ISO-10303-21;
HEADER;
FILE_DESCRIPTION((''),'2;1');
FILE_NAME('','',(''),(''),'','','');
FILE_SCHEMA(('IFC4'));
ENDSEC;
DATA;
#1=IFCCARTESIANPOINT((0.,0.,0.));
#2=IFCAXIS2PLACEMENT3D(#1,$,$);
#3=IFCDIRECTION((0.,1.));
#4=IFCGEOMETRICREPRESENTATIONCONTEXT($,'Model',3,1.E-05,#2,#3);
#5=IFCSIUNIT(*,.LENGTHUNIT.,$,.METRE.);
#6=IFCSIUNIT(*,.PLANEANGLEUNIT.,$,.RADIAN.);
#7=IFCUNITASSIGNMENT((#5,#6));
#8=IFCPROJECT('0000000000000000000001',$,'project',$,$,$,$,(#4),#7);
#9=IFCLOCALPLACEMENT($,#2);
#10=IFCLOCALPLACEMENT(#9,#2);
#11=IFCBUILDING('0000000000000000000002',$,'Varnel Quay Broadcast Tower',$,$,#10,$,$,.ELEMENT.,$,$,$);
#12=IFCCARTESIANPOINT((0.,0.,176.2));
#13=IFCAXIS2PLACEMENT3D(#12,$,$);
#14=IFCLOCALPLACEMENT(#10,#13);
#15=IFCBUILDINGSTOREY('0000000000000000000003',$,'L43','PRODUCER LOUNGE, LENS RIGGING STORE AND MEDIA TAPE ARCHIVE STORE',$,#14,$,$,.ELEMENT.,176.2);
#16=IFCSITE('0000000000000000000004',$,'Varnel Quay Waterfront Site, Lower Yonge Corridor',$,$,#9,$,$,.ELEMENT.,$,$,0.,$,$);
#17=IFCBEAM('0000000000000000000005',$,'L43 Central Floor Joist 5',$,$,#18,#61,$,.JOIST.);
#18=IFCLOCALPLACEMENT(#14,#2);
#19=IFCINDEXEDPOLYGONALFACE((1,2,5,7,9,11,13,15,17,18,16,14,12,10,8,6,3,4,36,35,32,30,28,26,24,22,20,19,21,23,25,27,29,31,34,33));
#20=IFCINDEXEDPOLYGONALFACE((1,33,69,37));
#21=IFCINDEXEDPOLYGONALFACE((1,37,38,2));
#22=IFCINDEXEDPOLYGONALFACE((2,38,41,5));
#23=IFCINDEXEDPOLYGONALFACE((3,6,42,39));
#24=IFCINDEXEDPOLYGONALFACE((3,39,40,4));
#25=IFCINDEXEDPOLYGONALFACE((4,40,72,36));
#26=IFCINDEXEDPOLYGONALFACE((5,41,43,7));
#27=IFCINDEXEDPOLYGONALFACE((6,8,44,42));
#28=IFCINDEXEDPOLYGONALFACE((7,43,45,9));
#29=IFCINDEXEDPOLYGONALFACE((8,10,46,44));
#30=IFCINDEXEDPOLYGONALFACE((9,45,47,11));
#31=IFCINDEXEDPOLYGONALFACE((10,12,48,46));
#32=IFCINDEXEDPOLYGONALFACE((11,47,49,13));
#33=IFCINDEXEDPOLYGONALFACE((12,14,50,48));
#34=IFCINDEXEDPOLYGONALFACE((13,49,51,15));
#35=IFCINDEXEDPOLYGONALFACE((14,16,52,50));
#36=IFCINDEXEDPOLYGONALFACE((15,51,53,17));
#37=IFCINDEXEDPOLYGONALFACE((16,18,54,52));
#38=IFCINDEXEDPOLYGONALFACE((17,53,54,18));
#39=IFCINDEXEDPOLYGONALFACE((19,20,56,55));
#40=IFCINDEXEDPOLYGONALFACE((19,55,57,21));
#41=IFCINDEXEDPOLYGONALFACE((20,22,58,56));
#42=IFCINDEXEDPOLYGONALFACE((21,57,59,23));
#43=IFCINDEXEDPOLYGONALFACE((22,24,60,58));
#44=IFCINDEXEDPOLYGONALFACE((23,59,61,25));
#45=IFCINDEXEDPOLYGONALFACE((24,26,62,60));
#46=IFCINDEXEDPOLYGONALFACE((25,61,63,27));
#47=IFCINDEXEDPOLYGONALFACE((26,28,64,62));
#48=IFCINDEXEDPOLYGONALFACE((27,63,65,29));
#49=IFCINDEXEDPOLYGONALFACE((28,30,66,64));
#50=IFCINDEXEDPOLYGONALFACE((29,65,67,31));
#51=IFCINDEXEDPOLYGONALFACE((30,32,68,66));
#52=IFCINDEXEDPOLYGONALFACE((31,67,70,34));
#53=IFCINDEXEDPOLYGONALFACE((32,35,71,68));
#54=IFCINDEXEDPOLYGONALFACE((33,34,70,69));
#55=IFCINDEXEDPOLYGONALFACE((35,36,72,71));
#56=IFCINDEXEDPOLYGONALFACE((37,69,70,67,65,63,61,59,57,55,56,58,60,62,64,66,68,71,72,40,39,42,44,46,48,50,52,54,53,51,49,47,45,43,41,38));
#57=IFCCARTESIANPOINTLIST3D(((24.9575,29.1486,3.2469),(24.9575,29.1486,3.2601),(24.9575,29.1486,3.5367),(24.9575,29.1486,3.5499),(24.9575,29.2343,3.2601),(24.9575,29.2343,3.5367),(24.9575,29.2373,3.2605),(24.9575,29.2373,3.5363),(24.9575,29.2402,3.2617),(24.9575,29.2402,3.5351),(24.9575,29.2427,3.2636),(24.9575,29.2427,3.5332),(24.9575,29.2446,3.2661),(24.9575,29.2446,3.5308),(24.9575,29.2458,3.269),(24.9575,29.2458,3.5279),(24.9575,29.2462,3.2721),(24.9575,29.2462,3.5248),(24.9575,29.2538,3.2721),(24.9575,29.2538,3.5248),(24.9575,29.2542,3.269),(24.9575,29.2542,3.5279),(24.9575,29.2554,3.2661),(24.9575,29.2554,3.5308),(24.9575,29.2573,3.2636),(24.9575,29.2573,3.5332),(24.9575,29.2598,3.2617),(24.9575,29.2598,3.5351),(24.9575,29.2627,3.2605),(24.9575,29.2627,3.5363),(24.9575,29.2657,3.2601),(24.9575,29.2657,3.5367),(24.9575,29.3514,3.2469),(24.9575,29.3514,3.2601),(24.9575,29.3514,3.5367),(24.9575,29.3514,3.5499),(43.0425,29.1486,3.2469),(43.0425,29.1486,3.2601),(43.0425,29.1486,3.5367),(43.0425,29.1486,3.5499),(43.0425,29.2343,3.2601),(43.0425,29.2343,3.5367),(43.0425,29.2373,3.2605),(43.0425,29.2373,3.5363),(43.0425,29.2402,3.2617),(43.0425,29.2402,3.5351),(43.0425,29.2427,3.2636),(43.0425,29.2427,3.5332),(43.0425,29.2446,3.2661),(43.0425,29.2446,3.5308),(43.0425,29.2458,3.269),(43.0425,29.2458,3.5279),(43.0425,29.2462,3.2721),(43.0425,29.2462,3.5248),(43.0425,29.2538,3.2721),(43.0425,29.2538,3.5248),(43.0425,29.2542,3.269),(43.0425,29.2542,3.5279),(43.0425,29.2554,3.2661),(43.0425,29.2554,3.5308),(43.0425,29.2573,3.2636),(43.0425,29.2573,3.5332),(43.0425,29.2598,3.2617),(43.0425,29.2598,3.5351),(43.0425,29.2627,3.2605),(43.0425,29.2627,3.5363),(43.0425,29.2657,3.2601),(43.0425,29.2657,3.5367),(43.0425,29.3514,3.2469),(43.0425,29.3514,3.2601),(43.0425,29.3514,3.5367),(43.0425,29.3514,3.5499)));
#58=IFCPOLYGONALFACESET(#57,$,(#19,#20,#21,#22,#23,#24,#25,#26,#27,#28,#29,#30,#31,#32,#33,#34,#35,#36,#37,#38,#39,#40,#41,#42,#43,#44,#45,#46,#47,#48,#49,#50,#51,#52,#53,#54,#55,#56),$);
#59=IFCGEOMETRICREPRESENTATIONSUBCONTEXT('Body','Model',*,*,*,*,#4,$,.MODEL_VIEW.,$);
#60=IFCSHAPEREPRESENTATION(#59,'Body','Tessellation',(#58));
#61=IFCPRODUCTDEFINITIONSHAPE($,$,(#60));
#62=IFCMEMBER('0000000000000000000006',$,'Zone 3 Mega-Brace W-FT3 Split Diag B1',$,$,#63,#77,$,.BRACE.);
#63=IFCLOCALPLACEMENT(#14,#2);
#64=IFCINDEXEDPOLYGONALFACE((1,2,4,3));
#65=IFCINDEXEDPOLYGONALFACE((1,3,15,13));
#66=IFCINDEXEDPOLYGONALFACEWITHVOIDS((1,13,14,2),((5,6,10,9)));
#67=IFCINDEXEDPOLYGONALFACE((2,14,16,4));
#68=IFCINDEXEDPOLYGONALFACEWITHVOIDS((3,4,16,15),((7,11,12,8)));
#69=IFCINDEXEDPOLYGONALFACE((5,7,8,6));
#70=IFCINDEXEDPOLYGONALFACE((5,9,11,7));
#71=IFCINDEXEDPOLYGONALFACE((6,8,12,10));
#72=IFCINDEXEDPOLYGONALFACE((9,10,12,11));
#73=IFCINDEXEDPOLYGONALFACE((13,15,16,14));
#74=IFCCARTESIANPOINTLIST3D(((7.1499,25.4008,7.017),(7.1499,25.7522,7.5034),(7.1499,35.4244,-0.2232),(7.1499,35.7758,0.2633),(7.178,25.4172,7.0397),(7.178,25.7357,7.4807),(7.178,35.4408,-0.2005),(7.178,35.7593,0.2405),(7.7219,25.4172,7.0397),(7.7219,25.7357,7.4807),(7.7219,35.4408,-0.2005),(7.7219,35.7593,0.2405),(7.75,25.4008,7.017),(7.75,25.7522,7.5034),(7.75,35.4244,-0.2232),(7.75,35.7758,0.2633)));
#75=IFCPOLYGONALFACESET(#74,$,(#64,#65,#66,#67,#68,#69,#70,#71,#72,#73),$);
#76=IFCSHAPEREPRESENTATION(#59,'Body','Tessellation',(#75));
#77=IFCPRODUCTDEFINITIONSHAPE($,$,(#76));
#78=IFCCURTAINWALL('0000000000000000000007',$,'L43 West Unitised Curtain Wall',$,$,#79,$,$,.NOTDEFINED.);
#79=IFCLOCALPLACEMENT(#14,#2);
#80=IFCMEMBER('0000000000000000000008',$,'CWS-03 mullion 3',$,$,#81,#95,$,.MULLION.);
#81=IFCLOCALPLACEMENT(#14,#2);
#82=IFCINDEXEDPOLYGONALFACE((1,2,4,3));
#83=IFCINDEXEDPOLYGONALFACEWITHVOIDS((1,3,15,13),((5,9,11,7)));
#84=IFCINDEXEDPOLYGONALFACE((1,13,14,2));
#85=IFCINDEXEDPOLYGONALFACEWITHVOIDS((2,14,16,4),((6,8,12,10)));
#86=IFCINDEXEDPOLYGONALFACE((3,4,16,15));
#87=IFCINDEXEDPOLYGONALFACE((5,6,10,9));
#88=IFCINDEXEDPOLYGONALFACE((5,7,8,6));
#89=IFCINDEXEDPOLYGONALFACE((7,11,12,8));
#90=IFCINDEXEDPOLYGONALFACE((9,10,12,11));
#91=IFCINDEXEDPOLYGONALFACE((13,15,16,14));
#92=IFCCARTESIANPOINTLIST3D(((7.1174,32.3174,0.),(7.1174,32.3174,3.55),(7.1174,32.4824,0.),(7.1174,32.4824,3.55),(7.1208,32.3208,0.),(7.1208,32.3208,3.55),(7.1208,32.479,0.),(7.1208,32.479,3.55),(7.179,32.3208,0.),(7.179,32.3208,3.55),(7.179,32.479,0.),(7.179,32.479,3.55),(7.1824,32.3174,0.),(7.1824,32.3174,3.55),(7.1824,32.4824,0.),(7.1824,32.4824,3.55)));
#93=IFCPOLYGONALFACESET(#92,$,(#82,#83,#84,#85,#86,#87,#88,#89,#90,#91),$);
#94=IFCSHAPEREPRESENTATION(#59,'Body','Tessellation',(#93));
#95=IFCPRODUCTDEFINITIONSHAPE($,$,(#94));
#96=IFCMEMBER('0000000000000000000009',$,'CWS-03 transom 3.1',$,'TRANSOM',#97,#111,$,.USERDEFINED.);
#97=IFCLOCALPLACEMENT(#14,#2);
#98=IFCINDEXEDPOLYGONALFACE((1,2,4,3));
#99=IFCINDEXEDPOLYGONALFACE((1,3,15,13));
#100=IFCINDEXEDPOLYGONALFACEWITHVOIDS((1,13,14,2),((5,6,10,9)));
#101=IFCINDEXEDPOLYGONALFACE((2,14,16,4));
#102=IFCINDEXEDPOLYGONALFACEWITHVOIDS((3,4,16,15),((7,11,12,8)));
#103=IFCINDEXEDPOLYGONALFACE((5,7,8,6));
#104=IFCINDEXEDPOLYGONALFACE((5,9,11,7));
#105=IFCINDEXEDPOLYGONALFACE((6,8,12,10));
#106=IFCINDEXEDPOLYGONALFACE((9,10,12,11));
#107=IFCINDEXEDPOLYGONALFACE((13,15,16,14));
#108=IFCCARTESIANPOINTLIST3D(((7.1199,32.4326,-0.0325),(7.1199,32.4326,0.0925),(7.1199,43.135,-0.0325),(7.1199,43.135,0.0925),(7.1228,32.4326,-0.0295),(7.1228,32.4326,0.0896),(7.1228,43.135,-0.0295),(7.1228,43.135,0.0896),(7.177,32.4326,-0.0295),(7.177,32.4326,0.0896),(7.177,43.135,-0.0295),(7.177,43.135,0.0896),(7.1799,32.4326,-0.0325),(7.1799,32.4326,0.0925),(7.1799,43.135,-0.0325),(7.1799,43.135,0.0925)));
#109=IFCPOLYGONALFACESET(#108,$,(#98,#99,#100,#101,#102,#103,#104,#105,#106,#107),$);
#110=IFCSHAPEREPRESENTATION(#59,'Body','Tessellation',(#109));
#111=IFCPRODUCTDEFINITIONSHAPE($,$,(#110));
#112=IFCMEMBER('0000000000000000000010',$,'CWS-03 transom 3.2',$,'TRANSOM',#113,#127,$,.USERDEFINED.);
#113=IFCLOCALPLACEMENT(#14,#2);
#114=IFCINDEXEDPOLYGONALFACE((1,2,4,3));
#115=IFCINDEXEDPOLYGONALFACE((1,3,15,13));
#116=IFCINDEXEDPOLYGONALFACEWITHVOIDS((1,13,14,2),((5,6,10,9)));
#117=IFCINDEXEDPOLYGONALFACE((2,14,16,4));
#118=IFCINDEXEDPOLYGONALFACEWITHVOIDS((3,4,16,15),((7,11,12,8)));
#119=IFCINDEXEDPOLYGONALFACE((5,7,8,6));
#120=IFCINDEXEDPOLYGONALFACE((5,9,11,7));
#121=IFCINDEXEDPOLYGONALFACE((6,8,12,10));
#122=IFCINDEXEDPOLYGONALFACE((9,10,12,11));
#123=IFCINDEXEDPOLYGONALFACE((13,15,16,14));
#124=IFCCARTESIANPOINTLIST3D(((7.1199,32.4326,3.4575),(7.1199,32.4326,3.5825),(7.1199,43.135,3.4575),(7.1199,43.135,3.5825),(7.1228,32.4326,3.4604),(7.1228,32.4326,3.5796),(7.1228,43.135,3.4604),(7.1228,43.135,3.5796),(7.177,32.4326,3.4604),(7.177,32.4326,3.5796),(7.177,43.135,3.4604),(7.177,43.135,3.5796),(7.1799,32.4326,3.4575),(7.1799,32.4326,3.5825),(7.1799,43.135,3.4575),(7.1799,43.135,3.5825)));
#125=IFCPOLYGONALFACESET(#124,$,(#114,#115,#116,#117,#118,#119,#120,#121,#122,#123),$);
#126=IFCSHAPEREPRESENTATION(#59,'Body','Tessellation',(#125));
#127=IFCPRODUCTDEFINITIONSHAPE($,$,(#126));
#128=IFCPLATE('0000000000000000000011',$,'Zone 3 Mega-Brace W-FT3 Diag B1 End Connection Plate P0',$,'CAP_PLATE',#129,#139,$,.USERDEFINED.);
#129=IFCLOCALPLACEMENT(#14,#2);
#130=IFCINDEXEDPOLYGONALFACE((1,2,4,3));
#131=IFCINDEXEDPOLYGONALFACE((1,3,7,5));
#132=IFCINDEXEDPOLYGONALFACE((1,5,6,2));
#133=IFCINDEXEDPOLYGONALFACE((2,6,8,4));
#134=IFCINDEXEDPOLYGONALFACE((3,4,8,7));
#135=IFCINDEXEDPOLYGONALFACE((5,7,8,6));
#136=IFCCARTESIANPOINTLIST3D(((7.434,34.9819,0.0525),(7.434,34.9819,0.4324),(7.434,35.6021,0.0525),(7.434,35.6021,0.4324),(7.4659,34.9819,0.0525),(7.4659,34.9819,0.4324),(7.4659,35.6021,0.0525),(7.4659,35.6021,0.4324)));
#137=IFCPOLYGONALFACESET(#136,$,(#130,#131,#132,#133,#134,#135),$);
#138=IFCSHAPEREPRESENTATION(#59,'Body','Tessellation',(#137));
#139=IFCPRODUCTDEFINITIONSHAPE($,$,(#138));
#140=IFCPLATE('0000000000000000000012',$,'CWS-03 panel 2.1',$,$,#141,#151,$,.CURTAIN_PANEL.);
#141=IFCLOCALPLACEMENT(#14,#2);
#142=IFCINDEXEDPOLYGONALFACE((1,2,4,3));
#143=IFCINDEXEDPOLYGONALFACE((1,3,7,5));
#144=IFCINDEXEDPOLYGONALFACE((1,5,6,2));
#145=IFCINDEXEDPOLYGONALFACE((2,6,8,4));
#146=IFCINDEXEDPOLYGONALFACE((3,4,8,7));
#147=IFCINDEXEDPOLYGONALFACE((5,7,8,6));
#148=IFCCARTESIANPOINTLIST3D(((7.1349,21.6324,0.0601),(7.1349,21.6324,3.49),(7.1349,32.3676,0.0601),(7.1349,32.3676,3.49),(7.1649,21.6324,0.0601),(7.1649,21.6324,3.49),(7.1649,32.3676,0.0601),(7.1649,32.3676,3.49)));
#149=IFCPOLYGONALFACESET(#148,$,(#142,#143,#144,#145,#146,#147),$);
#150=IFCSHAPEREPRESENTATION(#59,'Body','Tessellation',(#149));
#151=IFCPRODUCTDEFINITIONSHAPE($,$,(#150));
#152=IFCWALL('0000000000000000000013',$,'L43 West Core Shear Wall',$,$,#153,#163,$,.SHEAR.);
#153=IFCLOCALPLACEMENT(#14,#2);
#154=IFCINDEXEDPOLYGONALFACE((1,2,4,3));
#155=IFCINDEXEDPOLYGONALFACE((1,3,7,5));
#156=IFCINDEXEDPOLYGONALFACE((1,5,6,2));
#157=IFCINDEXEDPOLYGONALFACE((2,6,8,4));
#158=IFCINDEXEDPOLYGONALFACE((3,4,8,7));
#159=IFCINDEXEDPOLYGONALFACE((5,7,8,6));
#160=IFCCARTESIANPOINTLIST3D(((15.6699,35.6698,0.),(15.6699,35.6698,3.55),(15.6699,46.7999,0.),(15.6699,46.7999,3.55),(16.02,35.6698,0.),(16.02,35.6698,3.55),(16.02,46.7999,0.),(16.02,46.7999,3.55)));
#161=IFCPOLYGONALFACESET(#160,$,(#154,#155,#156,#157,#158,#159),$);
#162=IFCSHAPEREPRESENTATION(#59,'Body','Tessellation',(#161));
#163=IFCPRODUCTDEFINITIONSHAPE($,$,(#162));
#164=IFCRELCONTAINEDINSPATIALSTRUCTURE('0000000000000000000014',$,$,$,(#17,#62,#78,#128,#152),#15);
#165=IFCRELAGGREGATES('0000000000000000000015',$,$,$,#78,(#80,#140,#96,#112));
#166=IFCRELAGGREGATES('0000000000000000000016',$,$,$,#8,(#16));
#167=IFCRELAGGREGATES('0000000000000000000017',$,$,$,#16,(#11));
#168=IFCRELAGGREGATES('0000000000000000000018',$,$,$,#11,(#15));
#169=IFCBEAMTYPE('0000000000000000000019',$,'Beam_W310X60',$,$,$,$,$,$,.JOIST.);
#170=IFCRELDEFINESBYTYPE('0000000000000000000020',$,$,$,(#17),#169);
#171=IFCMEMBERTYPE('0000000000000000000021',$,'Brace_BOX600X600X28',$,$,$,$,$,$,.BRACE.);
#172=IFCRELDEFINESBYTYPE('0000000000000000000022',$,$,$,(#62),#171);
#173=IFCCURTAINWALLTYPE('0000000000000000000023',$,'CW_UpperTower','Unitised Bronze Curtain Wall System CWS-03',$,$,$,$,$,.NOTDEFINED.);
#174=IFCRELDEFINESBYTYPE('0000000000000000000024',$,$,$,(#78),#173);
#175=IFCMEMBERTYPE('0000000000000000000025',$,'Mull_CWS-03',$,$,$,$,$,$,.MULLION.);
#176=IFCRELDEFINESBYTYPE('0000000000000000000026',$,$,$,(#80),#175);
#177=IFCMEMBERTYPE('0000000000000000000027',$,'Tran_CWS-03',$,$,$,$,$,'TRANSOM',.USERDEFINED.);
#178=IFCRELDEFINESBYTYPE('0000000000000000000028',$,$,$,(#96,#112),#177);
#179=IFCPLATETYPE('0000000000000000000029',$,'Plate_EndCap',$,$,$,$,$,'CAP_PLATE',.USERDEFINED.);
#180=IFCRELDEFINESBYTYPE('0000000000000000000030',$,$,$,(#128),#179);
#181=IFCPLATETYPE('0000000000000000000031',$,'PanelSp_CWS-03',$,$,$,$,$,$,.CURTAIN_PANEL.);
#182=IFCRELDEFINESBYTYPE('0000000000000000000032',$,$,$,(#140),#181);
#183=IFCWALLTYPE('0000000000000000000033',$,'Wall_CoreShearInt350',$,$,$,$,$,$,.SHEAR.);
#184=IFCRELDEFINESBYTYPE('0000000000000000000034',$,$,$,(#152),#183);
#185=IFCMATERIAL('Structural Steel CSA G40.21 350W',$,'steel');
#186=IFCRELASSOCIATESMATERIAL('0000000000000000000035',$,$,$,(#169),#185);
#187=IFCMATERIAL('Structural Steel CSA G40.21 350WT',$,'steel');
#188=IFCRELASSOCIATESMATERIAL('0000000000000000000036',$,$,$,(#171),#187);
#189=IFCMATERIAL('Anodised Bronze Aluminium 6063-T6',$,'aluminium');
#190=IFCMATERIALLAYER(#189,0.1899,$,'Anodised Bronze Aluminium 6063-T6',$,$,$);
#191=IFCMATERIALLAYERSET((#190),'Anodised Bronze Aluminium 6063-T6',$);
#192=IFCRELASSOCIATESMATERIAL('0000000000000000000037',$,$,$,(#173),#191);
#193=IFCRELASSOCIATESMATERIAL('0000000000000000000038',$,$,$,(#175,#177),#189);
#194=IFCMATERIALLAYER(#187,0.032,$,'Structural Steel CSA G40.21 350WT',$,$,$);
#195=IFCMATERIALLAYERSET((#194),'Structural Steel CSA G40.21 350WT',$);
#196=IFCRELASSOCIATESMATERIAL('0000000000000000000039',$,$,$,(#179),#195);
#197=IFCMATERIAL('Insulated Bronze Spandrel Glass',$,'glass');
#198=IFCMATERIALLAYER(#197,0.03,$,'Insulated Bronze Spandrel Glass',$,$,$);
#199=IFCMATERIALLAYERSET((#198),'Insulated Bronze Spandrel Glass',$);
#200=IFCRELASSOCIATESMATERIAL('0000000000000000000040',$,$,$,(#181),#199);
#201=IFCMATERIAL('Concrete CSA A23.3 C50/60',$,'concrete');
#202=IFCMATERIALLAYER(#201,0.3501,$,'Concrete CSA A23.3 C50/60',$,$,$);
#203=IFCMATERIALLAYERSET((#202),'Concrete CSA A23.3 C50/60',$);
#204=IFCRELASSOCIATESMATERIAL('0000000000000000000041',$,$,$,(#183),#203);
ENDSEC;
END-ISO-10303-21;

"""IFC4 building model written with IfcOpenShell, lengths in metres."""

from ifc_helpers import new_model, si_unit, direction, frame, frame_2d, origin, origin_2d, place, context, subcontext, project, spatial, rectangle, hollow_rectangle, i_section, extrude, source, transform, mapped, material, layer, layer_set, material_profile, profile_set, type_object, type_shapes, element, aggregate, save


model = new_model("IFC4")

# Units and contexts
model_context = context("Model", 3, precision=1e-05, world=origin(), true_north=direction((0.0, 1.0)))
body_context = subcontext(model_context, "Body", "Model", "MODEL_VIEW")
ifc_project = project(units=[si_unit("LENGTHUNIT", "METRE"), si_unit("PLANEANGLEUNIT", "RADIAN")], contexts=[model_context])

# Site, building, storey
site_placement = place(None, origin())
site = spatial("IfcSite", under=ifc_project, at=site_placement, Name="Varnel Quay Waterfront Site, Lower Yonge Corridor", CompositionType="ELEMENT", RefElevation=0.0)
building_placement = place(site_placement, origin())
building = spatial("IfcBuilding", under=site, at=building_placement, Name="Varnel Quay Broadcast Tower", CompositionType="ELEMENT")
storey_placement = place(building_placement, frame((0.0, 0.0, 176.2)))
storey = spatial("IfcBuildingStorey", under=building, at=storey_placement, Name="L43", Description="PRODUCER LOUNGE, LENS RIGGING STORE AND MEDIA TAPE ARCHIVE STORE", CompositionType="ELEMENT", Elevation=176.2)

# Shared definitions
ifc_material_1 = material(Name="Structural Steel CSA G40.21 350WT", Category="steel")
ifc_material_2 = material(Name="Structural Steel CSA G40.21 350W", Category="steel")

# Beam
ifc_material_3 = material(Name="Concrete CSA A23.3 C50/60", Category="concrete")
ifc_material_profile_1 = material_profile(ifc_material_2, i_section(OverallWidth=0.2029, OverallDepth=0.303, WebThickness=0.0076, FlangeThickness=0.0132, FilletRadius=0.012, at=origin_2d()), Name="W310X60")
ifc_profile_set_1 = profile_set([ifc_material_profile_1], Name="Structural Steel CSA G40.21 350W")
beam_type_1 = type_object("IfcBeamType", Name="Beam_W310X60", PredefinedType="JOIST", material=ifc_profile_set_1)
shared_shape_1 = source(origin(), body_context, "Body", "SweptSolid", [
    extrude(i_section(OverallWidth=0.2029, OverallDepth=0.303, WebThickness=0.0076, FlangeThickness=0.0132, FilletRadius=0.012, at=origin_2d()), origin(), (0.0, 0.0, 1.0), 18.085),
])
beam_1_placement = place(storey_placement, frame((24.9575, 29.25, 3.3984), z_axis=(1.0, 0.0, 0.0), x_axis=(0.0, 1.0, 0.0)))
element("IfcBeam", 1, at=beam_1_placement, inside=storey, type_object=beam_type_1, Name="L43 Central Floor Joist 5", PredefinedType="JOIST", context=body_context, shape_type="MappedRepresentation", body=[
    mapped(shared_shape_1, transform((0.0, 0.0, 0.0), x_axis=(1.0, 0.0, 0.0), y_axis=(0.0, 1.0, 0.0), z_axis=(0.0, 0.0, 1.0), scale=1.0)),
])

# Member
ifc_material_profile_2 = material_profile(ifc_material_1, hollow_rectangle(XDim=0.6001, YDim=0.6001, WallThickness=0.0281, at=origin_2d()), Name="BOX600X600X28")
ifc_profile_set_2 = profile_set([ifc_material_profile_2], Name="Structural Steel CSA G40.21 350WT")
member_type_1 = type_object("IfcMemberType", Name="Brace_BOX600X600X28", PredefinedType="BRACE", material=ifc_profile_set_2)
shared_shape_2 = source(origin(), body_context, "Body", "SweptSolid", [
    extrude(hollow_rectangle(XDim=0.6001, YDim=0.6001, WallThickness=0.0281, at=origin_2d()), origin(), (0.0, 0.0, 1.0), 12.365),
])
type_shapes(member_type_1, [shared_shape_2])
member_1_placement = place(storey_placement, frame((7.45, 35.6001, 0.02), z_axis=(0.0, -0.810644, 0.585539), x_axis=(1.0, 0.0, 0.0)))
element("IfcMember", 2, at=member_1_placement, inside=storey, type_object=member_type_1, Name="Zone 3 Mega-Brace W-FT3 Split Diag B1", PredefinedType="BRACE", context=body_context, shape_type="MappedRepresentation", body=[
    mapped(shared_shape_2, transform((0.0, 0.0, 0.0), x_axis=(1.0, 0.0, 0.0), y_axis=(0.0, 1.0, 0.0), z_axis=(0.0, 0.0, 1.0), scale=1.0)),
])

# Curtain wall, members
ifc_material_4 = material(Name="Anodised Bronze Aluminium 6063-T6", Category="aluminium")
ifc_layer_1 = layer(ifc_material_4, 0.1899, Name="Anodised Bronze Aluminium 6063-T6")
ifc_layer_set_1 = layer_set([ifc_layer_1], Name="Anodised Bronze Aluminium 6063-T6")
curtain_wall_type = type_object("IfcCurtainWallType", Name="CW_UpperTower", Description="Unitised Bronze Curtain Wall System CWS-03", PredefinedType="NOTDEFINED", material=ifc_layer_set_1)
curtain_wall_placement = place(storey_placement, origin())
curtain_wall = element("IfcCurtainWall", 3, at=curtain_wall_placement, inside=storey, type_object=curtain_wall_type, Name="L43 West Unitised Curtain Wall", PredefinedType="NOTDEFINED")
ifc_material_profile_3 = material_profile(ifc_material_4, hollow_rectangle(XDim=0.0649, YDim=0.165, WallThickness=0.0034, at=origin_2d()), Name="ALU65X165X3.5")
ifc_profile_set_3 = profile_set([ifc_material_profile_3], Name="Anodised Bronze Aluminium 6063-T6")
member_type_2 = type_object("IfcMemberType", Name="Mull_CWS-03", PredefinedType="MULLION", material=ifc_profile_set_3)
shared_shape_3 = source(origin(), body_context, "Body", "SweptSolid", [
    extrude(hollow_rectangle(XDim=0.0649, YDim=0.165, WallThickness=0.0034, at=origin_2d()), origin(), (0.0, 0.0, 1.0), 3.55),
])
type_shapes(member_type_2, [shared_shape_3])
member_2_placement = place(storey_placement, frame((7.1499, 32.3999, 0.0), z_axis=(0.0, 0.0, 1.0), x_axis=(-1.0, 0.0, 0.0)))
member_2 = element("IfcMember", 4, at=member_2_placement, type_object=member_type_2, Name="CWS-03 mullion 3", PredefinedType="MULLION", context=body_context, shape_type="MappedRepresentation", body=[
    mapped(shared_shape_3, transform((0.0, 0.0, 0.0), x_axis=(1.0, 0.0, 0.0), y_axis=(0.0, 1.0, 0.0), z_axis=(0.0, 0.0, 1.0), scale=1.0)),
])
ifc_material_profile_4 = material_profile(ifc_material_4, hollow_rectangle(XDim=0.0601, YDim=0.125, WallThickness=0.0029, at=origin_2d()), Name="ALU60X125X3")
ifc_profile_set_4 = profile_set([ifc_material_profile_4], Name="Anodised Bronze Aluminium 6063-T6")
member_type_3 = type_object("IfcMemberType", Name="Tran_CWS-03", ElementType="TRANSOM", PredefinedType="USERDEFINED", material=ifc_profile_set_4)
shared_shape_4 = source(origin(), body_context, "Body", "SweptSolid", [
    extrude(hollow_rectangle(XDim=0.0601, YDim=0.125, WallThickness=0.0029, at=origin_2d()), origin(), (0.0, 0.0, 1.0), 10.7024),
])
type_shapes(member_type_3, [shared_shape_4])
member_3_placement = place(storey_placement, frame((7.1499, 32.4326, 0.03), z_axis=(0.0, 1.0, 0.0), x_axis=(-1.0, 0.0, 0.0)))
member_3 = element("IfcMember", 5, at=member_3_placement, type_object=member_type_3, Name="CWS-03 transom 3.1", ObjectType="TRANSOM", PredefinedType="USERDEFINED", context=body_context, shape_type="MappedRepresentation", body=[
    mapped(shared_shape_4, transform((0.0, 0.0, 0.0), x_axis=(1.0, 0.0, 0.0), y_axis=(0.0, 1.0, 0.0), z_axis=(0.0, 0.0, 1.0), scale=1.0)),
])
member_4_placement = place(storey_placement, frame((7.1499, 32.4326, 3.52), z_axis=(0.0, 1.0, 0.0), x_axis=(-1.0, 0.0, 0.0)))
member_4 = element("IfcMember", 6, at=member_4_placement, type_object=member_type_3, Name="CWS-03 transom 3.2", ObjectType="TRANSOM", PredefinedType="USERDEFINED", context=body_context, shape_type="MappedRepresentation", body=[
    mapped(shared_shape_4, transform((0.0, 0.0, 0.0), x_axis=(1.0, 0.0, 0.0), y_axis=(0.0, 1.0, 0.0), z_axis=(0.0, 0.0, 1.0), scale=1.0)),
])

# Plates
ifc_layer_2 = layer(ifc_material_1, 0.032, Name="Structural Steel CSA G40.21 350WT")
ifc_layer_set_2 = layer_set([ifc_layer_2], Name="Structural Steel CSA G40.21 350WT")
plate_type_1 = type_object("IfcPlateType", Name="Plate_EndCap", ElementType="CAP_PLATE", PredefinedType="USERDEFINED", material=ifc_layer_set_2)
shared_shape_5 = source(origin(), body_context, "Body", "SweptSolid", [
    extrude(rectangle(XDim=0.6201, YDim=0.032, at=origin_2d()), origin(), (0.0, 0.0, 1.0), 0.3799),
])
type_shapes(plate_type_1, [shared_shape_5])
plate_1_placement = place(storey_placement, frame((7.45, 35.292, 0.0525), z_axis=(0.0, 0.0, 1.0), x_axis=(0.0, 1.0, 0.0)))
element("IfcPlate", 7, at=plate_1_placement, inside=storey, type_object=plate_type_1, Name="Zone 3 Mega-Brace W-FT3 Diag B1 End Connection Plate P0", ObjectType="CAP_PLATE", PredefinedType="USERDEFINED", context=body_context, shape_type="MappedRepresentation", body=[
    mapped(shared_shape_5, transform((0.0, 0.0, 0.0), x_axis=(1.0, 0.0, 0.0), y_axis=(0.0, 1.0, 0.0), z_axis=(0.0, 0.0, 1.0), scale=1.0)),
])
ifc_material_5 = material(Name="Insulated Bronze Spandrel Glass", Category="glass")
ifc_layer_3 = layer(ifc_material_5, 0.03, Name="Insulated Bronze Spandrel Glass")
ifc_layer_set_3 = layer_set([ifc_layer_3], Name="Insulated Bronze Spandrel Glass")
plate_type_2 = type_object("IfcPlateType", Name="PanelSp_CWS-03", PredefinedType="CURTAIN_PANEL", material=ifc_layer_set_3)
shared_shape_6 = source(origin(), body_context, "Body", "SweptSolid", [
    extrude(rectangle(XDim=10.7351, YDim=0.03, at=origin_2d()), origin(), (0.0, 0.0, 1.0), 3.4299),
])
type_shapes(plate_type_2, [shared_shape_6])
plate_2_placement = place(storey_placement, frame((7.1499, 27.0, 0.0601), z_axis=(0.0, 0.0, 1.0), x_axis=(0.0, 1.0, 0.0)))
plate_2 = element("IfcPlate", 8, at=plate_2_placement, type_object=plate_type_2, Name="CWS-03 panel 2.1", PredefinedType="CURTAIN_PANEL", context=body_context, shape_type="MappedRepresentation", body=[
    mapped(shared_shape_6, transform((0.0, 0.0, 0.0), x_axis=(1.0, 0.0, 0.0), y_axis=(0.0, 1.0, 0.0), z_axis=(0.0, 0.0, 1.0), scale=1.0)),
])
aggregate(curtain_wall, [member_2, plate_2, member_3, member_4])

# Wall
ifc_layer_4 = layer(ifc_material_3, 0.3501, Name="Concrete CSA A23.3 C50/60")
ifc_layer_set_4 = layer_set([ifc_layer_4], Name="Concrete CSA A23.3 C50/60")
wall_type_1 = type_object("IfcWallType", Name="Wall_CoreShearInt350", PredefinedType="SHEAR", material=ifc_layer_set_4)
wall_1_placement = place(storey_placement, frame((15.845, 35.6699, 0.0), z_axis=(0.0, 0.0, 1.0), x_axis=(0.0, 1.0, 0.0)))
element("IfcWall", 9, at=wall_1_placement, inside=storey, type_object=wall_type_1, Name="L43 West Core Shear Wall", PredefinedType="SHEAR", context=body_context, shape_type="SweptSolid", body=[
    extrude(rectangle(XDim=11.1301, YDim=0.3501, at=frame_2d((5.5649, 0.0))), origin(), (0.0, 0.0, 1.0), 3.55),
])

save(model, "model.ifc")
